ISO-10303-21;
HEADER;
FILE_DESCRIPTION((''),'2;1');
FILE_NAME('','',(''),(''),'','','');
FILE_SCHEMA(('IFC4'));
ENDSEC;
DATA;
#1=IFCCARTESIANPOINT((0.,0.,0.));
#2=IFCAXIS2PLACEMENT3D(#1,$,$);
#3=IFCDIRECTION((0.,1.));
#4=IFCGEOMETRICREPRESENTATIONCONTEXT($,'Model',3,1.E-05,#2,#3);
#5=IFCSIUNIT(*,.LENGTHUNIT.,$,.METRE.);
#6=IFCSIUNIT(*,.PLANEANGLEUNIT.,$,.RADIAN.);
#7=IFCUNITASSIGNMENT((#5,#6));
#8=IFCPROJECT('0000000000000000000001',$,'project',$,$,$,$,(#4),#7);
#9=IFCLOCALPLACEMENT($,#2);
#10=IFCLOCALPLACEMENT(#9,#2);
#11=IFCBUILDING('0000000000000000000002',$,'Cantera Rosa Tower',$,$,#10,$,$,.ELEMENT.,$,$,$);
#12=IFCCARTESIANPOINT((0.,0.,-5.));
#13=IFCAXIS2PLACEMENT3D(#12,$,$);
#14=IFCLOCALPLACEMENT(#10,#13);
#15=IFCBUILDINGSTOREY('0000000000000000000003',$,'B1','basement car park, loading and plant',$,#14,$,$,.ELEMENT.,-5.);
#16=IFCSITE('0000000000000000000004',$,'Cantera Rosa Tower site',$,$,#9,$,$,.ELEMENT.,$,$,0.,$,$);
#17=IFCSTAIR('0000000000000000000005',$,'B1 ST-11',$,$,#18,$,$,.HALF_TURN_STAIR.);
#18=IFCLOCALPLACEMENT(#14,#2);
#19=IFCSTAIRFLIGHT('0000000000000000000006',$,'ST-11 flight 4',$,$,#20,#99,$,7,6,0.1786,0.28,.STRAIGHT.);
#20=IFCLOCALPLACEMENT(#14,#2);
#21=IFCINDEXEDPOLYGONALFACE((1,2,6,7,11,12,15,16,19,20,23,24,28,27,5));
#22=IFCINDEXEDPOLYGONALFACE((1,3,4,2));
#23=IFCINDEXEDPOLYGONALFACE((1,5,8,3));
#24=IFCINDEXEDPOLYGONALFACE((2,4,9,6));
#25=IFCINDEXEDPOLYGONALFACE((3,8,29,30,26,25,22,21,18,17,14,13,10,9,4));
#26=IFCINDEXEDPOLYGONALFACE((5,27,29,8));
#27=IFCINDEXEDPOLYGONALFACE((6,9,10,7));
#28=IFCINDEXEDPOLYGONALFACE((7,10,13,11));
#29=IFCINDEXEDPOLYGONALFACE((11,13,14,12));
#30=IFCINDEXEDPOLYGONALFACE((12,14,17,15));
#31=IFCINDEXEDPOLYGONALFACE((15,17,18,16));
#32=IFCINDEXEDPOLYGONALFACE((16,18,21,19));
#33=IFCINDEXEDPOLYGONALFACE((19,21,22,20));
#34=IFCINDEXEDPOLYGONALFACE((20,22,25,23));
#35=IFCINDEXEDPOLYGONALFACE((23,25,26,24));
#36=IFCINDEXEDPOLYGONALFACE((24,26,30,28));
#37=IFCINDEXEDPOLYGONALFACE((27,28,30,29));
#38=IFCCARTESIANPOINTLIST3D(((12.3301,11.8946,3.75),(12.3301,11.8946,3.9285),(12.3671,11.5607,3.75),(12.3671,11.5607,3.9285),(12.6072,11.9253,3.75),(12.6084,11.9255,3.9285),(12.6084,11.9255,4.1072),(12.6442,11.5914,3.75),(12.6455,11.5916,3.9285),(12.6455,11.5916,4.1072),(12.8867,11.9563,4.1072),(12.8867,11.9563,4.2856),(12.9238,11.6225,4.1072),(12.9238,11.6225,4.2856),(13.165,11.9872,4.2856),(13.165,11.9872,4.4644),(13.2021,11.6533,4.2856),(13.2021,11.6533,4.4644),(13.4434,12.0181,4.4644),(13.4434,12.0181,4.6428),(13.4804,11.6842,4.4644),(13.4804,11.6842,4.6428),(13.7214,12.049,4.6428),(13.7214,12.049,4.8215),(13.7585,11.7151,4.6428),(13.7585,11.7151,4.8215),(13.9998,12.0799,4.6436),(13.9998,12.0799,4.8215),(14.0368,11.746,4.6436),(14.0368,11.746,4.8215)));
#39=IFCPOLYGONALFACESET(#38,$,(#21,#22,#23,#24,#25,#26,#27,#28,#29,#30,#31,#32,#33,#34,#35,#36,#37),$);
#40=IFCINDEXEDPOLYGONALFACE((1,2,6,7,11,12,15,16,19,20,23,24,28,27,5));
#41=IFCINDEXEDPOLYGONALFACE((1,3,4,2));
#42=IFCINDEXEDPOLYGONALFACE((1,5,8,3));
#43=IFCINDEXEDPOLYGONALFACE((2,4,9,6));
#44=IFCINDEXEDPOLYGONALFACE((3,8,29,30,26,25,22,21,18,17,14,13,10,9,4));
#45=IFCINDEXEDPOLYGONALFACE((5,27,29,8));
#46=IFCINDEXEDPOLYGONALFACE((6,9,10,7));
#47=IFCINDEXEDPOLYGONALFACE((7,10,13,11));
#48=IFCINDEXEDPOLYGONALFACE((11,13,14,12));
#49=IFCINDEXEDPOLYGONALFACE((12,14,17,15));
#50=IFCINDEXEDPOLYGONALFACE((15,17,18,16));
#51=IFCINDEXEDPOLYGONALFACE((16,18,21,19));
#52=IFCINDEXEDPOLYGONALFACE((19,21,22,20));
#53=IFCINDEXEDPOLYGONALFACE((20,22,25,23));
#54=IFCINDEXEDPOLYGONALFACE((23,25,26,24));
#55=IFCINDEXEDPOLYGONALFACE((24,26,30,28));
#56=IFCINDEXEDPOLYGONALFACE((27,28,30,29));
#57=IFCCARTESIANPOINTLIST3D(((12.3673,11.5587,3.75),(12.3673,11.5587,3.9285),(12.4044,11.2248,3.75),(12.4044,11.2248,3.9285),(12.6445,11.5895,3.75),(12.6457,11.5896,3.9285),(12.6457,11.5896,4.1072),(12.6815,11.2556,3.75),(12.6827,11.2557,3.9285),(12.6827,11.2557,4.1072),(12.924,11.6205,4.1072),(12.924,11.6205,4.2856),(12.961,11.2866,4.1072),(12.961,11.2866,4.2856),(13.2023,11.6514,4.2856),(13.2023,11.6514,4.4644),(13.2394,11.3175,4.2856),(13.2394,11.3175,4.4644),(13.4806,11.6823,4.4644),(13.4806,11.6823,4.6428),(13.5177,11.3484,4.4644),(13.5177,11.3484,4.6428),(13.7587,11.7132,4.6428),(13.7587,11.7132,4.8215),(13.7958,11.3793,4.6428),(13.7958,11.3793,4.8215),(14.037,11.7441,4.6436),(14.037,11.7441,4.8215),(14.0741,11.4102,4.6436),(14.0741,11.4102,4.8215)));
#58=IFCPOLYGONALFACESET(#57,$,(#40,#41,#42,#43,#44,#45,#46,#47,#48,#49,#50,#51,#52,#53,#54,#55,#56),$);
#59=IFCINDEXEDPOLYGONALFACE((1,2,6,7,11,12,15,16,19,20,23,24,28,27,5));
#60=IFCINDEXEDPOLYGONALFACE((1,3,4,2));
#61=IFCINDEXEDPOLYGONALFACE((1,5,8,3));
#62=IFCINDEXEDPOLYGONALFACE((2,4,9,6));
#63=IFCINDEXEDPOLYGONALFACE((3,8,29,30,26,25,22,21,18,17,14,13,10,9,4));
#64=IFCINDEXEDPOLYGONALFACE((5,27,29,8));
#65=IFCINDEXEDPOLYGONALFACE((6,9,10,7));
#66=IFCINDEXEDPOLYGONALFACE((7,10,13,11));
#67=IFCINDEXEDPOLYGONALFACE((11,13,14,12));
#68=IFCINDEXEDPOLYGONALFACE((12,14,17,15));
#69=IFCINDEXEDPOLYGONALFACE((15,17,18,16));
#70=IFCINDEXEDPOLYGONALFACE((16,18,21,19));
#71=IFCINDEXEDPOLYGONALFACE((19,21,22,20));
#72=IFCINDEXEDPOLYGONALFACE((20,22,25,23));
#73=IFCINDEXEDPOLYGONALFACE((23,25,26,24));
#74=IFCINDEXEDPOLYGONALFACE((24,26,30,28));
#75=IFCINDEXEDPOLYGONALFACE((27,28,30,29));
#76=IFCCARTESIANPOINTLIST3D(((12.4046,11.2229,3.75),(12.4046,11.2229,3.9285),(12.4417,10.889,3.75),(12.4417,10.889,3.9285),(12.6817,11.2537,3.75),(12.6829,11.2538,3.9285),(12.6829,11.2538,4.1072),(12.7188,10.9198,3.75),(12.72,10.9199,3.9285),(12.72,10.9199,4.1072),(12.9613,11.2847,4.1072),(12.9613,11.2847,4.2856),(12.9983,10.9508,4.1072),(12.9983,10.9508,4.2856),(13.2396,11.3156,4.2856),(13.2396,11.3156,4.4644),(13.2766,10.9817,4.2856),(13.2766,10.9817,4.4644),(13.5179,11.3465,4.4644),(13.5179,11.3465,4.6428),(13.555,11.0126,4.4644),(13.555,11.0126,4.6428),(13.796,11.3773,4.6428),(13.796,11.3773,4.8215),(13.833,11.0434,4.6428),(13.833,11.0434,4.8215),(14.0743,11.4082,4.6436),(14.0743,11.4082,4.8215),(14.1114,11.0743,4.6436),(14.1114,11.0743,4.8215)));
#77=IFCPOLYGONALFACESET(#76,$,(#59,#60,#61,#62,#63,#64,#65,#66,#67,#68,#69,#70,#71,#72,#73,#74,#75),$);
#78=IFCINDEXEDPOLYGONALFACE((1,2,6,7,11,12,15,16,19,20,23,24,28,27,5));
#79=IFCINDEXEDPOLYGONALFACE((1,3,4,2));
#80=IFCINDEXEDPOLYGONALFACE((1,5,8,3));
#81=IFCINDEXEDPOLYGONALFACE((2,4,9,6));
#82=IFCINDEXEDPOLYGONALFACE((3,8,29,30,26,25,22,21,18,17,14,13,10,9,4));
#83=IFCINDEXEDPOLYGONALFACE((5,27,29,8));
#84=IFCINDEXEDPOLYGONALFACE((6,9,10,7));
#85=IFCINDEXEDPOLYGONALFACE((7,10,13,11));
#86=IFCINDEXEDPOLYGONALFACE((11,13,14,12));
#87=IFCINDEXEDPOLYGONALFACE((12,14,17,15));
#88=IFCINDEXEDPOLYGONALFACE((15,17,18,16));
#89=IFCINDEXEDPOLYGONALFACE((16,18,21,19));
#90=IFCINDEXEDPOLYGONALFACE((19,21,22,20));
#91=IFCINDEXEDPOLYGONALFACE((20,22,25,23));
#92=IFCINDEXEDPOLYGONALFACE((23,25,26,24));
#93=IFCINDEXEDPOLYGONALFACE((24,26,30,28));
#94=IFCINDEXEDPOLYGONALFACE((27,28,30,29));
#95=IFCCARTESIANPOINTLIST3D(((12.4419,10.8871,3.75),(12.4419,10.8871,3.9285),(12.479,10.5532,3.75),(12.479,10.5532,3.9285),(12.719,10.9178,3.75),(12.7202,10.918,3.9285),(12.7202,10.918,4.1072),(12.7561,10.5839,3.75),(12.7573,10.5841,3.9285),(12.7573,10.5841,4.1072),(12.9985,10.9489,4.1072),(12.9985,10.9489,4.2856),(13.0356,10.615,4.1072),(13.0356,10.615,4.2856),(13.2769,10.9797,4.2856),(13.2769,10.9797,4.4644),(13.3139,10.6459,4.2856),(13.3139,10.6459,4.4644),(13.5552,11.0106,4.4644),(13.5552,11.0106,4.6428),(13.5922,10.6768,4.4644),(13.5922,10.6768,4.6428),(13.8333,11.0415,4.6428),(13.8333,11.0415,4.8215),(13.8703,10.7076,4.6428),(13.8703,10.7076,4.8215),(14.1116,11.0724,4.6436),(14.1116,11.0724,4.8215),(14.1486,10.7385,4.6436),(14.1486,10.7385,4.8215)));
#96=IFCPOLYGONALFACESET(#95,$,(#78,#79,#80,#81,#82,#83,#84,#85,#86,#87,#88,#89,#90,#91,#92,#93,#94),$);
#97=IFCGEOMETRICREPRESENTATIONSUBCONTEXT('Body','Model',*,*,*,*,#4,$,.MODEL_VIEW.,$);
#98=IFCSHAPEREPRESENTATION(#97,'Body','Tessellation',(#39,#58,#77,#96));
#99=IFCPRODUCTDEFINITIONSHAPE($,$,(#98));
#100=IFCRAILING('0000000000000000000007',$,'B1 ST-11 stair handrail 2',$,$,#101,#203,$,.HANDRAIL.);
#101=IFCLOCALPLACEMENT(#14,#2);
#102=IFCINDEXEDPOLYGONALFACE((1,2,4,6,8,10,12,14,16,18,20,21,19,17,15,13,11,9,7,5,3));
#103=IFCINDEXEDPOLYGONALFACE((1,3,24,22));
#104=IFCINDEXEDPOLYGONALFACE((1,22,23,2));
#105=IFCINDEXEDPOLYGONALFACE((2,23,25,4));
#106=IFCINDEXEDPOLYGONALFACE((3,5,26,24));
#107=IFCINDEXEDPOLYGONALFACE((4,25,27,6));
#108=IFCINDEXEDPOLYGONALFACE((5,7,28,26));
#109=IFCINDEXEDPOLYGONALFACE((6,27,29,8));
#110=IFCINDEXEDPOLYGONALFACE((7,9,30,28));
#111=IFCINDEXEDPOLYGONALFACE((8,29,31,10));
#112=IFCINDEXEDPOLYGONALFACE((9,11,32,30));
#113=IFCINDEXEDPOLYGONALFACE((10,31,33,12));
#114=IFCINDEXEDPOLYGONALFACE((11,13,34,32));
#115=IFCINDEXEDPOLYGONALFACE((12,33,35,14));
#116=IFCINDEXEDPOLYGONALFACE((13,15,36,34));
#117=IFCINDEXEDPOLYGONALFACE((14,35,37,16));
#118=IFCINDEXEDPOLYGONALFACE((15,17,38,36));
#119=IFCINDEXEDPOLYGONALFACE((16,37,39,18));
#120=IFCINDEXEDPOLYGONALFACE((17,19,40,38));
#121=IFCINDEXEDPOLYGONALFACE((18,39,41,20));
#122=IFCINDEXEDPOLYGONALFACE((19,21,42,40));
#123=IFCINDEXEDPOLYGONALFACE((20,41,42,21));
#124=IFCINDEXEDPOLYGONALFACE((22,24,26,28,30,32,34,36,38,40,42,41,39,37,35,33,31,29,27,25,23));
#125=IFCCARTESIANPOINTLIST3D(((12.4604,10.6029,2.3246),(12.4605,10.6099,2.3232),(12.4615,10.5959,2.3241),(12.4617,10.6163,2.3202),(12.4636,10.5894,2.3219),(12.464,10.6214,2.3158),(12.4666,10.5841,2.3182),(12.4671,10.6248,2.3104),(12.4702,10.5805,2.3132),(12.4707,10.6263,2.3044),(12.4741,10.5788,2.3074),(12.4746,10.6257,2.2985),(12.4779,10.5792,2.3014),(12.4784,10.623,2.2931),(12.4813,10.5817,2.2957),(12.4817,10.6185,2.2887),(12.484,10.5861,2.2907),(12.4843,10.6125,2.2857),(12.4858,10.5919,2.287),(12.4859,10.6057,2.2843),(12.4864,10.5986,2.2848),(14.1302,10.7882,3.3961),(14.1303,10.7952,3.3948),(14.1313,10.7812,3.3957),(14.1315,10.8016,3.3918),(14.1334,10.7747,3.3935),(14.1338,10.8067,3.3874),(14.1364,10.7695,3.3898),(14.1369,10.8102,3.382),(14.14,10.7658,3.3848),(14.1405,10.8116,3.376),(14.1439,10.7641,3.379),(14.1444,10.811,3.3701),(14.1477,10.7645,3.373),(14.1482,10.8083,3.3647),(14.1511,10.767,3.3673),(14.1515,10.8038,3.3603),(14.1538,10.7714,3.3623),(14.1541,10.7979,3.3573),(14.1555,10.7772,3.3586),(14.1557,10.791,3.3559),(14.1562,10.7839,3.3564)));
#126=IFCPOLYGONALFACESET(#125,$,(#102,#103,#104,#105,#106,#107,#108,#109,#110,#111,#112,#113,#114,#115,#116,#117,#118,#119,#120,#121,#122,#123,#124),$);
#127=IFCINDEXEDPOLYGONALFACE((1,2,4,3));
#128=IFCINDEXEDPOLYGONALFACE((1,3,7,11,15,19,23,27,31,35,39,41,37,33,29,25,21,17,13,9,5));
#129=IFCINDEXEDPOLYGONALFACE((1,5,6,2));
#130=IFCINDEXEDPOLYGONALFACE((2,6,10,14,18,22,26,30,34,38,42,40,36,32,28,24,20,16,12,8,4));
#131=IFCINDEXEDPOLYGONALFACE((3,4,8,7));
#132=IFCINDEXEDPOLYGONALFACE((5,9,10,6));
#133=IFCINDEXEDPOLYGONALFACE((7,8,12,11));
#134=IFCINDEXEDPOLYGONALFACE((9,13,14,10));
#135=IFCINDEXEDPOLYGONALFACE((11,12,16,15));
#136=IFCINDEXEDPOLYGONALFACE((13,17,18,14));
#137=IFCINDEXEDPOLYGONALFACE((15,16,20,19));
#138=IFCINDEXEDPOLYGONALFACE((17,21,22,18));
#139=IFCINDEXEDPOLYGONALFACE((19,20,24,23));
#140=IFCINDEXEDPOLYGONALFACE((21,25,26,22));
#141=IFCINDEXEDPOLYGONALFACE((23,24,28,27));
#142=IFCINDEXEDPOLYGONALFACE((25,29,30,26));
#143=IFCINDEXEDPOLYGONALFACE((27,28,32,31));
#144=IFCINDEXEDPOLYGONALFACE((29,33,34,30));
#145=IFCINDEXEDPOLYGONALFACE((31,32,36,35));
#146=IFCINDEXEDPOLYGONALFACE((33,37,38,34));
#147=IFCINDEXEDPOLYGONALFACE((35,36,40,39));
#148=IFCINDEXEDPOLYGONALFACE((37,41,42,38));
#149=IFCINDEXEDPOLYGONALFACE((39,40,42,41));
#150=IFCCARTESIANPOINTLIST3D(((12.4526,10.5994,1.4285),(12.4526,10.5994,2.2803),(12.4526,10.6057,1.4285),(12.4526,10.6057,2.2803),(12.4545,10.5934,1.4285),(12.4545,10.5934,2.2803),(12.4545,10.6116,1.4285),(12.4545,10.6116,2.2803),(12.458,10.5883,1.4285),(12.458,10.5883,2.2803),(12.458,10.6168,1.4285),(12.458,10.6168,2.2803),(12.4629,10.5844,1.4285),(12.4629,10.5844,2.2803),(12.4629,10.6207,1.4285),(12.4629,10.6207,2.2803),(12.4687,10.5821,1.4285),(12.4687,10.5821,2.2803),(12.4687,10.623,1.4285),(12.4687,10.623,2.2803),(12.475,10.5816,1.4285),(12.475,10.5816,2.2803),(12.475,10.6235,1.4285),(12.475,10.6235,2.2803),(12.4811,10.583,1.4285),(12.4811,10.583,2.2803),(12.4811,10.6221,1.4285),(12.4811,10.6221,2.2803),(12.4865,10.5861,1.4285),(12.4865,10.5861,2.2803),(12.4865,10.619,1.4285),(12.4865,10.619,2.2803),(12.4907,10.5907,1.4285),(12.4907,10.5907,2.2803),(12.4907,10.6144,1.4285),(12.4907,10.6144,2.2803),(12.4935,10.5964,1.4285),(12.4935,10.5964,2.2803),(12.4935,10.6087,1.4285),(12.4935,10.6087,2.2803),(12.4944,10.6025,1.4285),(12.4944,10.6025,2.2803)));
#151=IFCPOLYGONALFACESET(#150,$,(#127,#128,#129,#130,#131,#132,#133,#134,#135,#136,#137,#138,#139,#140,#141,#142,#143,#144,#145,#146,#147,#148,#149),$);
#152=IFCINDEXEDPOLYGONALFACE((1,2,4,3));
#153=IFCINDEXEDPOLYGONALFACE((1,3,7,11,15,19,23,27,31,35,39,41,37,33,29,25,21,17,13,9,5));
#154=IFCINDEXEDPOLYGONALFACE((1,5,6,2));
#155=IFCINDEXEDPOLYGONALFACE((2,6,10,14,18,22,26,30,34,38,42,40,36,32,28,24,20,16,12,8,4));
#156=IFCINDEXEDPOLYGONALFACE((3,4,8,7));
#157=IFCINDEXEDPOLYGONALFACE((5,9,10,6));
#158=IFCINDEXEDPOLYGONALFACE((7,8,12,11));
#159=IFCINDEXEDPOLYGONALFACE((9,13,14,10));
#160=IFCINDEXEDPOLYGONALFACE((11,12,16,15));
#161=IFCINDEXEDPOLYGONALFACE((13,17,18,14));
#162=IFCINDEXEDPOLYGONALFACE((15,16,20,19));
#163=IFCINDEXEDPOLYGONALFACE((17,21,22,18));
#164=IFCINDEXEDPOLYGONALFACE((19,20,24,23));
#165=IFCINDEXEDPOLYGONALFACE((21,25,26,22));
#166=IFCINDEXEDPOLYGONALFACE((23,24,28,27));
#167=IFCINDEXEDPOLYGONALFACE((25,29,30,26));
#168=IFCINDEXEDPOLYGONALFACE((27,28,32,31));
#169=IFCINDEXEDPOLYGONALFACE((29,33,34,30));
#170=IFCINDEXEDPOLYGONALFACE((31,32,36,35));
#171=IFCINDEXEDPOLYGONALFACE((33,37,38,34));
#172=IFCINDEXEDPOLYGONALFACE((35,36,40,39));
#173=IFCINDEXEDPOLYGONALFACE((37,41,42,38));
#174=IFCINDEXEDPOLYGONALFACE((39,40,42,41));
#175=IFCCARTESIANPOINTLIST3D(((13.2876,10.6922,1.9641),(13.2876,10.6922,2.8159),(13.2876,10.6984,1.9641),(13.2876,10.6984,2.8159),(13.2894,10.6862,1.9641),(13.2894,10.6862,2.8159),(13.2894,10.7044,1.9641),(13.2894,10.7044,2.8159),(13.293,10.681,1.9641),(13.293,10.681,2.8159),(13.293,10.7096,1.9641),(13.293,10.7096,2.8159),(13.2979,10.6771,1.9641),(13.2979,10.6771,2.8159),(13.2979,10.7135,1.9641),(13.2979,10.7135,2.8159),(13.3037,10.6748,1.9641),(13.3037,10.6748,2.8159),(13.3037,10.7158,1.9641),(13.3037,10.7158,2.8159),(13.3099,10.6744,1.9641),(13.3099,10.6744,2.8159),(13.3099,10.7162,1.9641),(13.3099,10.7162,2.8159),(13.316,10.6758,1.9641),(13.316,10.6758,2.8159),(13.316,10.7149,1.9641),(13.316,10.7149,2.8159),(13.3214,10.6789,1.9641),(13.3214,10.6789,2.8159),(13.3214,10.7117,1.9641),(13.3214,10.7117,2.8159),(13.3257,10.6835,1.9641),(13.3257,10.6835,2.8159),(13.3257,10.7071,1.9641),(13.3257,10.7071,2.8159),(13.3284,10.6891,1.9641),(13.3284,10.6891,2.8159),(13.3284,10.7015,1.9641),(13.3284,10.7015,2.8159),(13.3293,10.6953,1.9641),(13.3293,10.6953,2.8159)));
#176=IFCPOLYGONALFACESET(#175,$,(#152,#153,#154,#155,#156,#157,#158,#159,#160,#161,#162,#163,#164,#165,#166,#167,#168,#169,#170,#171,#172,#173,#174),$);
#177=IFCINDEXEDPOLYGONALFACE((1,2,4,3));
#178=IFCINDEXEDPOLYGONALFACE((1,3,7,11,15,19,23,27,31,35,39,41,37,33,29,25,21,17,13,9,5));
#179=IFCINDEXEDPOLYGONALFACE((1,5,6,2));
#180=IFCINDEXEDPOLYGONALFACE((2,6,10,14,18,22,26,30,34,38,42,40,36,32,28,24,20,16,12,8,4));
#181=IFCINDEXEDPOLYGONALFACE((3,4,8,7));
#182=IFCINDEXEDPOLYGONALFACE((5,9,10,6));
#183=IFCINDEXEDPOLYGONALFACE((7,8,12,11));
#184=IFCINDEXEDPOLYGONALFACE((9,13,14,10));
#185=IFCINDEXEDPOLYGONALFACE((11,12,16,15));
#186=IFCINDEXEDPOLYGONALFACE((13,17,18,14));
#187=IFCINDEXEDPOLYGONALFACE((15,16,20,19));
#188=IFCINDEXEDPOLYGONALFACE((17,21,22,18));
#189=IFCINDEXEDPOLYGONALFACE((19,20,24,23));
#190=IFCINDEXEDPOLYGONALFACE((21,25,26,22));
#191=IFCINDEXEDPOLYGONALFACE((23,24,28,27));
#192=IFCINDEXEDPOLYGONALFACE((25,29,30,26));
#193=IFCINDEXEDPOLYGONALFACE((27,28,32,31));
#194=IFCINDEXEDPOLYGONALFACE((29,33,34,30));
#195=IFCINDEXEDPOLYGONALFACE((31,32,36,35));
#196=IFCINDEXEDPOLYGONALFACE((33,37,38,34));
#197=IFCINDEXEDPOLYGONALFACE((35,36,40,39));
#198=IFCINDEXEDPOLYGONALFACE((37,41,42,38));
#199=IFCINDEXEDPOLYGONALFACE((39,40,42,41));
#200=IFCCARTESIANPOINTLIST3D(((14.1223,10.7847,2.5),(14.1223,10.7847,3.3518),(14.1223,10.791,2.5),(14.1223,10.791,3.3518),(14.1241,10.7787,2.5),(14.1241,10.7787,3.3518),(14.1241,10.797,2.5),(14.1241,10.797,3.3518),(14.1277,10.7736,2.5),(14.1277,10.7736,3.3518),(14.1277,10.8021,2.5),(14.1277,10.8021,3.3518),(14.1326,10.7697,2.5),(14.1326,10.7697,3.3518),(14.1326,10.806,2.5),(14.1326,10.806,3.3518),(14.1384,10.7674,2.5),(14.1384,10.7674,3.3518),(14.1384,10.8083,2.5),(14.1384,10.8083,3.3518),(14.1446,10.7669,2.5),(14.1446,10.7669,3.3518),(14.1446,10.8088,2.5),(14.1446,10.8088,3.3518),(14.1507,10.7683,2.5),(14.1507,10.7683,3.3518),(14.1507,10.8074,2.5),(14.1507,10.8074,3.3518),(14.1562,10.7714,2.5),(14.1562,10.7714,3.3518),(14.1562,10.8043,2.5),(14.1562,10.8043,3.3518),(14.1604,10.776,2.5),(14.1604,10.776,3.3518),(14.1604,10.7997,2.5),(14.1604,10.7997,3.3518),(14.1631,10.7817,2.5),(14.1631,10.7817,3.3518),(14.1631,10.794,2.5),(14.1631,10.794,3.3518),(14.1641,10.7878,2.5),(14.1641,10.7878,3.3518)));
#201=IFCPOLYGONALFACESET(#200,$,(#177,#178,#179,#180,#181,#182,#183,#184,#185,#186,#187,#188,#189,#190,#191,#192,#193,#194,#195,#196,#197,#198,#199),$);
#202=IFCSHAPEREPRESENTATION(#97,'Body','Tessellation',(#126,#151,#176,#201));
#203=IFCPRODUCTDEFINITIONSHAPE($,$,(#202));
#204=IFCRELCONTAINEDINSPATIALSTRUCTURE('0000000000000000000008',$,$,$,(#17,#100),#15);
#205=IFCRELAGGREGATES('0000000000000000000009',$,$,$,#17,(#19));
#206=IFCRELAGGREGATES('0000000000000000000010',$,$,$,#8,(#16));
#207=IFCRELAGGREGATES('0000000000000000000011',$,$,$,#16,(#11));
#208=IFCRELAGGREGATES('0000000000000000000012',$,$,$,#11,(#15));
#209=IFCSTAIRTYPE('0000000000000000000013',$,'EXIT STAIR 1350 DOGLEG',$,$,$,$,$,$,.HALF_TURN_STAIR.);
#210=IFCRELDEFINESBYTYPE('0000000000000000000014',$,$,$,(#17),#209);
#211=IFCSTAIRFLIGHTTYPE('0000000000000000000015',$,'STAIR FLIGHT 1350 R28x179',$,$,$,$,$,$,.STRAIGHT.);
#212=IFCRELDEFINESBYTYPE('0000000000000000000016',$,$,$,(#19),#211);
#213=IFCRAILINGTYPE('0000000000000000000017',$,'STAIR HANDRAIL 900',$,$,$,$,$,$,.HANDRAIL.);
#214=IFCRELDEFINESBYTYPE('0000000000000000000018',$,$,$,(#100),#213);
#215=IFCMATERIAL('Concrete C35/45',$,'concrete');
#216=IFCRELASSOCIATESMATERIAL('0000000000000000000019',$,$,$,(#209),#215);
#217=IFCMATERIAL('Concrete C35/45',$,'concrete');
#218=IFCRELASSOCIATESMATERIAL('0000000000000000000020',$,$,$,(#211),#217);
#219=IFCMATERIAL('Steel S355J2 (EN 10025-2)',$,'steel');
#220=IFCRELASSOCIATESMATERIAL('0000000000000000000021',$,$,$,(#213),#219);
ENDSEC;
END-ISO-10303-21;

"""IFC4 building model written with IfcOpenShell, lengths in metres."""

from ifc_helpers import new_model, si_unit, direction, frame, origin, origin_2d, place, context, subcontext, project, spatial, polyline, circle, outline, extrude, material, type_object, element, aggregate, save


model = new_model("IFC4")

# Units and contexts
model_context = context("Model", 3, precision=1e-05, world=origin(), true_north=direction((0.0, 1.0)))
body_context = subcontext(model_context, "Body", "Model", "MODEL_VIEW")
ifc_project = project(units=[si_unit("LENGTHUNIT", "METRE"), si_unit("PLANEANGLEUNIT", "RADIAN")], contexts=[model_context])

# Site, building, storey
site_placement = place(None, origin())
site = spatial("IfcSite", under=ifc_project, at=site_placement, Name="Cantera Rosa Tower site", CompositionType="ELEMENT", RefElevation=0.0)
building_placement = place(site_placement, origin())
building = spatial("IfcBuilding", under=site, at=building_placement, Name="Cantera Rosa Tower", CompositionType="ELEMENT")
storey_placement = place(building_placement, frame((0.0, 0.0, -5.0)))
storey = spatial("IfcBuildingStorey", under=building, at=storey_placement, Name="B1", Description="basement car park, loading and plant", CompositionType="ELEMENT", Elevation=-5.0)

# Shared definitions
ifc_material_1 = material(Name="Concrete C35/45", Category="concrete")
stair_type_1 = type_object("IfcStairType", Name="EXIT STAIR 1350 DOGLEG", PredefinedType="HALF_TURN_STAIR", material=ifc_material_1)

# Stair, stair flight
stair_1_placement = place(storey_placement, origin())
stair_1 = element("IfcStair", 1, at=stair_1_placement, inside=storey, type_object=stair_type_1, Name="B1 ST-11", PredefinedType="HALF_TURN_STAIR")
ifc_material_2 = material(Name="Concrete C35/45", Category="concrete")
stair_flight_type = type_object("IfcStairFlightType", Name="STAIR FLIGHT 1350 R28x179", PredefinedType="STRAIGHT", material=ifc_material_2)
stair_flight_1_placement = place(storey_placement, frame((12.4045, 11.2236, 3.75), z_axis=(0.0, 0.0, 1.0), x_axis=(0.993897, 0.110313, 0.0)))
stair_flight_1 = element("IfcStairFlight", 2, at=stair_flight_1_placement, type_object=stair_flight_type, Name="ST-11 flight 4", NumberOfRisers=7, NumberOfTreads=6, PredefinedType="STRAIGHT", RiserHeight=0.1786, TreadLength=0.28, context=body_context, shape_type="SweptSolid", body=[
    extrude(outline(polyline([(0.0, 0.0), (0.0, 0.1785), (0.28, 0.1785), (0.28, 0.3572), (0.5601, 0.3572), (0.5601, 0.5356), (0.8401, 0.5356), (0.8401, 0.7144), (1.1201, 0.7144), (1.1201, 0.8928), (1.3999, 0.8928), (1.3999, 1.0715), (1.6799, 1.0715), (1.6799, 1.25), (1.6799, 0.8936), (0.2788, 0.0), (0.0, 0.0)])), frame((0.0, 0.675, 0.0), z_axis=(0.0, -1.0, 0.0), x_axis=(1.0, 0.0, 0.0)), (0.0, 0.0, 1.0), 0.3359),
    extrude(outline(polyline([(0.0, 0.0), (0.0, 0.1785), (0.28, 0.1785), (0.28, 0.3572), (0.5601, 0.3572), (0.5601, 0.5356), (0.8401, 0.5356), (0.8401, 0.7144), (1.1201, 0.7144), (1.1201, 0.8928), (1.3999, 0.8928), (1.3999, 1.0715), (1.6799, 1.0715), (1.6799, 1.25), (1.6799, 0.8936), (0.2788, 0.0), (0.0, 0.0)])), frame((0.0, 0.3372, 0.0), z_axis=(0.0, -1.0, 0.0), x_axis=(1.0, 0.0, 0.0)), (0.0, 0.0, 1.0), 0.3359),
    extrude(outline(polyline([(0.0, 0.0), (0.0, 0.1785), (0.28, 0.1785), (0.28, 0.3572), (0.5601, 0.3572), (0.5601, 0.5356), (0.8401, 0.5356), (0.8401, 0.7144), (1.1201, 0.7144), (1.1201, 0.8928), (1.3999, 0.8928), (1.3999, 1.0715), (1.6799, 1.0715), (1.6799, 1.25), (1.6799, 0.8936), (0.2788, 0.0), (0.0, 0.0)])), frame((0.0, -0.0007, 0.0), z_axis=(0.0, -1.0, 0.0), x_axis=(1.0, 0.0, 0.0)), (0.0, 0.0, 1.0), 0.3359),
    extrude(outline(polyline([(0.0, 0.0), (0.0, 0.1785), (0.28, 0.1785), (0.28, 0.3572), (0.5601, 0.3572), (0.5601, 0.5356), (0.8401, 0.5356), (0.8401, 0.7144), (1.1201, 0.7144), (1.1201, 0.8928), (1.3999, 0.8928), (1.3999, 1.0715), (1.6799, 1.0715), (1.6799, 1.25), (1.6799, 0.8936), (0.2788, 0.0), (0.0, 0.0)])), frame((0.0, -0.3386, 0.0), z_axis=(0.0, -1.0, 0.0), x_axis=(1.0, 0.0, 0.0)), (0.0, 0.0, 1.0), 0.3359),
])
aggregate(stair_1, [stair_flight_1])

# Railing
ifc_material_3 = material(Name="Steel S355J2 (EN 10025-2)", Category="steel")
railing_type_1 = type_object("IfcRailingType", Name="STAIR HANDRAIL 900", PredefinedType="HANDRAIL", material=ifc_material_3)
for number, where, name in (
    (3, (12.4734, 10.6025, 1.4285), "B1 ST-11 stair handrail 2"),
):
    element("IfcRailing", number, at=place(storey_placement, frame(where)), inside=storey, type_object=railing_type_1, Name=name, PredefinedType="HANDRAIL", context=body_context, shape_type="SweptSolid", body=[
        extrude(circle(Radius=0.0239, at=origin_2d()), frame((0.0, 0.0, 0.876), z_axis=(0.837951, 0.092997, 0.537764), x_axis=(-0.110304, 0.993898, 0.0)), (0.0, 0.0, 1.0), 1.9927),
        extrude(circle(Radius=0.021, at=origin_2d()), origin(), (0.0, 0.0, 1.0), 0.8518),
        extrude(circle(Radius=0.021, at=origin_2d()), frame((0.835, 0.0928, 0.5356)), (0.0, 0.0, 1.0), 0.8518),
        extrude(circle(Radius=0.021, at=origin_2d()), frame((1.6697, 0.1853, 1.0715)), (0.0, 0.0, 1.0), 0.8518),
    ])

save(model, "model.ifc")
